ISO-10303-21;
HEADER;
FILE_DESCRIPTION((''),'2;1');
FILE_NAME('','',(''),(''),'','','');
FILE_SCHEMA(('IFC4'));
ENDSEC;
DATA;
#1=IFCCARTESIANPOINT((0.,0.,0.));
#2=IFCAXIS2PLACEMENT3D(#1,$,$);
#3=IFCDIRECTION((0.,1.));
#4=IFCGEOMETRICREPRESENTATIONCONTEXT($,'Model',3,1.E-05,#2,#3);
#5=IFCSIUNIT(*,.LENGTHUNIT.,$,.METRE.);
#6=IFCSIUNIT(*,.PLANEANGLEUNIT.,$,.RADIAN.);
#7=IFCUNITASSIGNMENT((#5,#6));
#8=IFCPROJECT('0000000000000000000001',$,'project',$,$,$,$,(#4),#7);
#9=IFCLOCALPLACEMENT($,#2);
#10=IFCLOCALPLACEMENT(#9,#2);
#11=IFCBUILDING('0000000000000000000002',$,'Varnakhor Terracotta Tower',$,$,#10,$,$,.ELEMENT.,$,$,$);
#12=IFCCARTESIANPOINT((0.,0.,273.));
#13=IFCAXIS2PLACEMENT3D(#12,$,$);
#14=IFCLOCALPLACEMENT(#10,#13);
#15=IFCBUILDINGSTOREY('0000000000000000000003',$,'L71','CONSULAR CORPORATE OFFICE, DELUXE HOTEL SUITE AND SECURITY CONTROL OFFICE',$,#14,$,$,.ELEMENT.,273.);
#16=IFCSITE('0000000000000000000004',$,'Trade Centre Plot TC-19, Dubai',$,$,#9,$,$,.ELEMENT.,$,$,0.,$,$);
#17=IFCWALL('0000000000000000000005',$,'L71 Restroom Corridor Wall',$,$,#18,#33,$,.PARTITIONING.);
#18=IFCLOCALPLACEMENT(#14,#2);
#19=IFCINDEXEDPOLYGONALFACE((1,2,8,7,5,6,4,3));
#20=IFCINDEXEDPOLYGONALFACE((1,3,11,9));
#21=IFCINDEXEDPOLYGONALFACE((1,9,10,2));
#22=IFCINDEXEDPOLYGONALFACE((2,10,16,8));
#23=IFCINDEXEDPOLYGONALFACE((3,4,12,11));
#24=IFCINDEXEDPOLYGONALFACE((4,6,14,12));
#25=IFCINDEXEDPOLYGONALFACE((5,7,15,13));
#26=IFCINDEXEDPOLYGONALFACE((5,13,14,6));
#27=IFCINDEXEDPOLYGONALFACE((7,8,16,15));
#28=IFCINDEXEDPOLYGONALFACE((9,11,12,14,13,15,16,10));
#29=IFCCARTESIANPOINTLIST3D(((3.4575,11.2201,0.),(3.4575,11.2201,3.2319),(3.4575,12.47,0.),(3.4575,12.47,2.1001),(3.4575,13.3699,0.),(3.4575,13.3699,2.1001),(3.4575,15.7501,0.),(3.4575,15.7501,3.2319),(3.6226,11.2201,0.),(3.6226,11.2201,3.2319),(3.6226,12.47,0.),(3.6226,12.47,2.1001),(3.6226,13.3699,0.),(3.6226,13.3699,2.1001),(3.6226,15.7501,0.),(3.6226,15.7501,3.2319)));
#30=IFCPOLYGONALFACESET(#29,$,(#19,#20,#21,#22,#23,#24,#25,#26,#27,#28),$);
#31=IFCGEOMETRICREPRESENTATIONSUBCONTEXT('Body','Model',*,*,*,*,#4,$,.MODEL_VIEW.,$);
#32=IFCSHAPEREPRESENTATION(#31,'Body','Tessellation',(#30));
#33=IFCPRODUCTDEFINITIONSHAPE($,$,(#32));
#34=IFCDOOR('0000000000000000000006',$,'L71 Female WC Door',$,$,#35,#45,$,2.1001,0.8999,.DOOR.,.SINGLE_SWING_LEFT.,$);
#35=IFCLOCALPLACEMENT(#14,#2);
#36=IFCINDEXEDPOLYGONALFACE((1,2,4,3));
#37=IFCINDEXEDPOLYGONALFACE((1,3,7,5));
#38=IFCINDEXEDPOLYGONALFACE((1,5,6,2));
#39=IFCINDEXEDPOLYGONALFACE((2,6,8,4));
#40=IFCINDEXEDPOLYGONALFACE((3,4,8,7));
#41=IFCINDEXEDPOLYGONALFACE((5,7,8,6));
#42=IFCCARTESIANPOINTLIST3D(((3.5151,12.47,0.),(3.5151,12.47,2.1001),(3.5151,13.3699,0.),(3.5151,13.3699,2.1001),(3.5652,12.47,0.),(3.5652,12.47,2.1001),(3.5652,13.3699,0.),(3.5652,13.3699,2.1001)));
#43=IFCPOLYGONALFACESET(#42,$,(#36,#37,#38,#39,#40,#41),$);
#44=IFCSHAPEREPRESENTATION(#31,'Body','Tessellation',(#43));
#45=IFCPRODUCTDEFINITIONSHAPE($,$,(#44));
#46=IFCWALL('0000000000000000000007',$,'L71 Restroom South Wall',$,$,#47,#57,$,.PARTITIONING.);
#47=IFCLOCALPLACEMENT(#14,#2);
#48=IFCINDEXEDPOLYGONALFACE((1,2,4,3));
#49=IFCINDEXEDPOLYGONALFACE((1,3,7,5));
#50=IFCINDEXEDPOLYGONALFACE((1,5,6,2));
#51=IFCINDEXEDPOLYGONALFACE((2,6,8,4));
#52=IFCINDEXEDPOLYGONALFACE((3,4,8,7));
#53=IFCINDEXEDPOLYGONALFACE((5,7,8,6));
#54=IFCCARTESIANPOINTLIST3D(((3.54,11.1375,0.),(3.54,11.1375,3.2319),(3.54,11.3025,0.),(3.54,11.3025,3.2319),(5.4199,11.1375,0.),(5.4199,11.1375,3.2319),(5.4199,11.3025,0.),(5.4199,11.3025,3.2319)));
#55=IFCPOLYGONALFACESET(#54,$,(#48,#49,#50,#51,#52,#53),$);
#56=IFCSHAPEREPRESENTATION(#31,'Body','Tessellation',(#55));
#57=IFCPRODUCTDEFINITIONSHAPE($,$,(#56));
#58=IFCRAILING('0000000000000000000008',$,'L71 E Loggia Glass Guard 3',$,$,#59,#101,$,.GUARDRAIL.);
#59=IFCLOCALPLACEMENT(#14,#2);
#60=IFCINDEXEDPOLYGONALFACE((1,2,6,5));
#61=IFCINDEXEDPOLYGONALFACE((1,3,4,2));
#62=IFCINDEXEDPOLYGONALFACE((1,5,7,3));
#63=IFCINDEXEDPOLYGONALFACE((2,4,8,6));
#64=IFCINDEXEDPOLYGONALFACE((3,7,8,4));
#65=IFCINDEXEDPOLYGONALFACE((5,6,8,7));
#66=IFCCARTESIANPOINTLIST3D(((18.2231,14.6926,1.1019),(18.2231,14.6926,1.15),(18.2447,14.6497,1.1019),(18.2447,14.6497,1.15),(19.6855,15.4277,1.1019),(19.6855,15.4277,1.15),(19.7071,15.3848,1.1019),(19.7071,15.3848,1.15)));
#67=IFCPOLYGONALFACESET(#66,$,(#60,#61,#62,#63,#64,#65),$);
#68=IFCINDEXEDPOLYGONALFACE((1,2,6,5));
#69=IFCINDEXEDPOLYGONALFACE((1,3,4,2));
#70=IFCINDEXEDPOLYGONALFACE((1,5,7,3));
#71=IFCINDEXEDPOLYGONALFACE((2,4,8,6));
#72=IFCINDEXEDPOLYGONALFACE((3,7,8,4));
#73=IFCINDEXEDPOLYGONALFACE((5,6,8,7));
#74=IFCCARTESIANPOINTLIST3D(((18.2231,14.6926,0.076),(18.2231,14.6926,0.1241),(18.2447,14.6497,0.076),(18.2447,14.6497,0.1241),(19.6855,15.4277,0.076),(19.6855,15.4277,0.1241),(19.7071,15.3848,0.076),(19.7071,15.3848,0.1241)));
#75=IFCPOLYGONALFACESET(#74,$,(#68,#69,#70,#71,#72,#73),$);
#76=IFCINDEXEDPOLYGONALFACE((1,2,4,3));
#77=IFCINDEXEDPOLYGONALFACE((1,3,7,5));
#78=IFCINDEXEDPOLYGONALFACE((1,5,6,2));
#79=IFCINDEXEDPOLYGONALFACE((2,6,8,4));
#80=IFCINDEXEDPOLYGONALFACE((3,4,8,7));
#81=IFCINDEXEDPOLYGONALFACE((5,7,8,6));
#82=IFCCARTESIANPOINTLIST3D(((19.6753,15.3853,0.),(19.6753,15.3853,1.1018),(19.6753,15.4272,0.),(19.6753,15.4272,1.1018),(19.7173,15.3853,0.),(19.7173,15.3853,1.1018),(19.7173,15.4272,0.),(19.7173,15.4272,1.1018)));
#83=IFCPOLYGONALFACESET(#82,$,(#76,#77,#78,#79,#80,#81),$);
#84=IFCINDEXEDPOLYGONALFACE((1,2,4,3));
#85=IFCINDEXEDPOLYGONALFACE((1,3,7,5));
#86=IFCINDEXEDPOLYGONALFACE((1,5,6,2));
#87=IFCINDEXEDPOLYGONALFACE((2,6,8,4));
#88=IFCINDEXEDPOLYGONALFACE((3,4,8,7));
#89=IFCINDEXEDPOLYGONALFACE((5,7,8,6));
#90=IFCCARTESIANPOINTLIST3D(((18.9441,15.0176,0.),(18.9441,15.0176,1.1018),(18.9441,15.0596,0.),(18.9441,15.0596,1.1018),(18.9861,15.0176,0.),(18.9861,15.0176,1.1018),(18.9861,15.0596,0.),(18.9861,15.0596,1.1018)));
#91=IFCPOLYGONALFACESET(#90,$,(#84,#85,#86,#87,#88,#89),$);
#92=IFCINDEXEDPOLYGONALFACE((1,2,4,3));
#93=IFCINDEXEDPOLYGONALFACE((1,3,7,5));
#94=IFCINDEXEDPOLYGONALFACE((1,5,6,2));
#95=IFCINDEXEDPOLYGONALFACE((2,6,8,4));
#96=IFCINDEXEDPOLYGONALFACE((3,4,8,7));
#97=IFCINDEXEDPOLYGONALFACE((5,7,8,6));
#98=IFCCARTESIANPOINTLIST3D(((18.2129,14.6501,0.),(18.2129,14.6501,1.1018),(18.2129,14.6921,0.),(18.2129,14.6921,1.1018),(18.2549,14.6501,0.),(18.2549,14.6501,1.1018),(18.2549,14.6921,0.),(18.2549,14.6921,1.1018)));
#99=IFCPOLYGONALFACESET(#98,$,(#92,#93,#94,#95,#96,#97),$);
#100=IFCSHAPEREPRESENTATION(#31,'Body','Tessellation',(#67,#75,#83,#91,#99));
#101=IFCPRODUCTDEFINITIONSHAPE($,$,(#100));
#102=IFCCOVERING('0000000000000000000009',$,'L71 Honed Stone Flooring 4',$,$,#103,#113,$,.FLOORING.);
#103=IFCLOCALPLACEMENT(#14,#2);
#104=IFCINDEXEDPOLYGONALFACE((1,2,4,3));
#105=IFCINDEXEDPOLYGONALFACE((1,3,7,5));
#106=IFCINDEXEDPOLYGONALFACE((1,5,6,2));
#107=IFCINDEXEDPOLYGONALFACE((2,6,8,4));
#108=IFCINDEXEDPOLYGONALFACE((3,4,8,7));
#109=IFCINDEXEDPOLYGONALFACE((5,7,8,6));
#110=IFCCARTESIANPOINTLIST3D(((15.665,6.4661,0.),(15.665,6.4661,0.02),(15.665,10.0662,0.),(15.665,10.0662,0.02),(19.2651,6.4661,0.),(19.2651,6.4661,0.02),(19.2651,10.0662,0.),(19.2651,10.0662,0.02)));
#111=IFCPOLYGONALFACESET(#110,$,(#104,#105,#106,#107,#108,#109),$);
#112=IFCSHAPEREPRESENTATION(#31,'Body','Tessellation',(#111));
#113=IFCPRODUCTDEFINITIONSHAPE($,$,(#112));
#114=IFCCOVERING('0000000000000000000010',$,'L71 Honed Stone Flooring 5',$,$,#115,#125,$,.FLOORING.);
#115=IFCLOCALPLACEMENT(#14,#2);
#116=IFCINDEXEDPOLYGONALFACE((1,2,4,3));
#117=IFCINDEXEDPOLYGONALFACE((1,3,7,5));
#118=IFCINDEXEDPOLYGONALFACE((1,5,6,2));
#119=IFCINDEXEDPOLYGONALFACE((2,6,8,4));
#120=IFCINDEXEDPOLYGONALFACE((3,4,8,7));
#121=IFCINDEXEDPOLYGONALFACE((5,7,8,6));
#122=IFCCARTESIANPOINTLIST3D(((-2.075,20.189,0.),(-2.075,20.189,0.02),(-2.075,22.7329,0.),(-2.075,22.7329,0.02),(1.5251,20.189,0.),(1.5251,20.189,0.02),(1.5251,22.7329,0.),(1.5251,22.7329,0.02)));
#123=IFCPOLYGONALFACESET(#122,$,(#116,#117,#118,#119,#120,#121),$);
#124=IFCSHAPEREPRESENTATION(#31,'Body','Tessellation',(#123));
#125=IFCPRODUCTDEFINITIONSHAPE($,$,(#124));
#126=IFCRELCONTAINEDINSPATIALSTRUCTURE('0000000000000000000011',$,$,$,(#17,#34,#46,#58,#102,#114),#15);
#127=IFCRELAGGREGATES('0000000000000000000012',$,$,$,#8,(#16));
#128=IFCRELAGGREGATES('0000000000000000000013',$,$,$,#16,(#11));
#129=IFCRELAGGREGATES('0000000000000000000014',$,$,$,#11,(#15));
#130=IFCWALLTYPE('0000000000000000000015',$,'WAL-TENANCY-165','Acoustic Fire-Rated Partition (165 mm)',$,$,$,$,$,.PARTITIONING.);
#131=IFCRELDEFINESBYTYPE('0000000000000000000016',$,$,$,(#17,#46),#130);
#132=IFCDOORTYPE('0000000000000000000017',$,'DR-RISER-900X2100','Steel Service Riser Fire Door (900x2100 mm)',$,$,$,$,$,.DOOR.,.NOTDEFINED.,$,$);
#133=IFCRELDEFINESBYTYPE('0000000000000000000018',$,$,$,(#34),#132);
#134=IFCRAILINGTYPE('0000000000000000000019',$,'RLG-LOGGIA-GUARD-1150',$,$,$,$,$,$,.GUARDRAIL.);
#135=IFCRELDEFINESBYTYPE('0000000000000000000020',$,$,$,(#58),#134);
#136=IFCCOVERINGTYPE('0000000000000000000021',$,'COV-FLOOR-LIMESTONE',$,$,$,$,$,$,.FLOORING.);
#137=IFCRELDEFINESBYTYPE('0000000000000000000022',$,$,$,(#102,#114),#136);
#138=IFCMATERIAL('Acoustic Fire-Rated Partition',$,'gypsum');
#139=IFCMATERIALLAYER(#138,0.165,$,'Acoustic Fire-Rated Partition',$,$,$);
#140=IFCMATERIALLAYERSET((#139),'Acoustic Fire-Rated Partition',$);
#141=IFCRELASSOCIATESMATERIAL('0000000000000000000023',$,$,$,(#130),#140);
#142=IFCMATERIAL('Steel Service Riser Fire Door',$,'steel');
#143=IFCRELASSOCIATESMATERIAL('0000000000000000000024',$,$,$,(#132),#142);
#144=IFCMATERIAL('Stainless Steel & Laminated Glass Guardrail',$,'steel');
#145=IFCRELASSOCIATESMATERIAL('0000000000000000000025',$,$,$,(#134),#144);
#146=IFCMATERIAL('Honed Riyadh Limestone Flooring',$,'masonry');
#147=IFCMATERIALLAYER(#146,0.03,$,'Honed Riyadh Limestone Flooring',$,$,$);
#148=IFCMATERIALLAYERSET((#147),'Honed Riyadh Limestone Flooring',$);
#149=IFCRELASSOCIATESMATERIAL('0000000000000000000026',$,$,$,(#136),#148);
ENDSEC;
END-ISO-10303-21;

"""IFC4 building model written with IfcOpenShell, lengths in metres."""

from ifc_helpers import new_model, si_unit, direction, frame, frame_2d, origin, origin_2d, place, context, subcontext, project, spatial, rectangle, extrude, source, transform, mapped, material, layer, layer_set, type_object, type_shapes, element, fill, save


model = new_model("IFC4")

# Units and contexts
model_context = context("Model", 3, precision=1e-05, world=origin(), true_north=direction((0.0, 1.0)))
body_context = subcontext(model_context, "Body", "Model", "MODEL_VIEW")
ifc_project = project(units=[si_unit("LENGTHUNIT", "METRE"), si_unit("PLANEANGLEUNIT", "RADIAN")], contexts=[model_context])

# Site, building, storey
site_placement = place(None, origin())
site = spatial("IfcSite", under=ifc_project, at=site_placement, Name="Trade Centre Plot TC-19, Dubai", CompositionType="ELEMENT", RefElevation=0.0)
building_placement = place(site_placement, origin())
building = spatial("IfcBuilding", under=site, at=building_placement, Name="Varnakhor Terracotta Tower", CompositionType="ELEMENT")
storey_placement = place(building_placement, frame((0.0, 0.0, 273.0)))
storey = spatial("IfcBuildingStorey", under=building, at=storey_placement, Name="L71", Description="CONSULAR CORPORATE OFFICE, DELUXE HOTEL SUITE AND SECURITY CONTROL OFFICE", CompositionType="ELEMENT", Elevation=273.0)

# Shared definitions
ifc_material_1 = material(Name="Acoustic Fire-Rated Partition", Category="gypsum")
ifc_layer_1 = layer(ifc_material_1, 0.165, Name="Acoustic Fire-Rated Partition")
ifc_layer_set_1 = layer_set([ifc_layer_1], Name="Acoustic Fire-Rated Partition")
wall_type_1 = type_object("IfcWallType", Name="WAL-TENANCY-165", Description="Acoustic Fire-Rated Partition (165 mm)", PredefinedType="PARTITIONING", material=ifc_layer_set_1)

# Wall, opening, door
wall_1_placement = place(storey_placement, frame((3.54, 11.22, 0.0), z_axis=(0.0, 0.0, 1.0), x_axis=(0.0, 1.0, 0.0)))
wall_1 = element("IfcWall", 1, at=wall_1_placement, inside=storey, type_object=wall_type_1, Name="L71 Restroom Corridor Wall", PredefinedType="PARTITIONING", context=body_context, shape_type="SweptSolid", body=[
    extrude(rectangle(XDim=4.53, YDim=0.165, at=frame_2d((2.2651, 0.0))), origin(), (0.0, 0.0, 1.0), 3.2319),
])
opening_1_placement = place(wall_1_placement, frame((1.25, 0.0, 0.0)))
opening_1 = element("IfcOpeningElement", 2, at=opening_1_placement, cuts=wall_1, PredefinedType="OPENING", context=body_context, shape_type="SweptSolid", body=[
    extrude(rectangle(XDim=0.8999, YDim=2.1001, at=frame_2d((0.45, 1.05))), frame((0.0, 0.0925, 0.0), z_axis=(0.0, -1.0, 0.0), x_axis=(1.0, 0.0, 0.0)), (0.0, 0.0, 1.0), 0.1851),
])
ifc_material_2 = material(Name="Steel Service Riser Fire Door", Category="steel")
door_type_1 = type_object("IfcDoorType", Name="DR-RISER-900X2100", Description="Steel Service Riser Fire Door (900x2100 mm)", OperationType="NOTDEFINED", PredefinedType="DOOR", material=ifc_material_2)
shared_shape_1 = source(origin(), body_context, "Body", "SweptSolid", [
    extrude(rectangle(XDim=0.8999, YDim=2.1001, at=frame_2d((0.45, 1.05))), frame((0.0, 0.0249, 0.0), z_axis=(0.0, -1.0, 0.0), x_axis=(1.0, 0.0, 0.0)), (0.0, 0.0, 1.0), 0.05),
])
type_shapes(door_type_1, [shared_shape_1])
door_1_placement = place(opening_1_placement, origin())
door_1 = element("IfcDoor", 3, at=door_1_placement, inside=storey, type_object=door_type_1, Name="L71 Female WC Door", OperationType="SINGLE_SWING_LEFT", OverallHeight=2.1001, OverallWidth=0.8999, PredefinedType="DOOR", context=body_context, shape_type="MappedRepresentation", body=[
    mapped(shared_shape_1, transform((0.0, 0.0, 0.0), scale=1.0)),
])
fill(opening_1, door_1)

# Wall
wall_2_placement = place(storey_placement, frame((3.54, 11.22, 0.0), z_axis=(0.0, 0.0, 1.0), x_axis=(1.0, 0.0, 0.0)))
element("IfcWall", 4, at=wall_2_placement, inside=storey, type_object=wall_type_1, Name="L71 Restroom South Wall", PredefinedType="PARTITIONING", context=body_context, shape_type="SweptSolid", body=[
    extrude(rectangle(XDim=1.8799, YDim=0.165, at=frame_2d((0.9399, 0.0))), origin(), (0.0, 0.0, 1.0), 3.2319),
])

# Railing
ifc_material_3 = material(Name="Stainless Steel & Laminated Glass Guardrail", Category="steel")
railing_type = type_object("IfcRailingType", Name="RLG-LOGGIA-GUARD-1150", PredefinedType="GUARDRAIL", material=ifc_material_3)
railing_placement = place(storey_placement, frame((19.6963, 15.4062, 0.0)))
element("IfcRailing", 5, at=railing_placement, inside=storey, type_object=railing_type, Name="L71 E Loggia Glass Guard 3", PredefinedType="GUARDRAIL", context=body_context, shape_type="SweptSolid", body=[
    extrude(rectangle(XDim=0.0481, YDim=0.0481, at=origin_2d()), frame((0.0, 0.0, 1.126), z_axis=(-0.893471, -0.449122, 0.0), x_axis=(0.449122, -0.893471, 0.0)), (0.0, 0.0, 1.0), 1.6367),
    extrude(rectangle(XDim=0.0481, YDim=0.0481, at=origin_2d()), frame((0.0, 0.0, 0.1001), z_axis=(-0.893471, -0.449122, 0.0), x_axis=(0.449122, -0.893471, 0.0)), (0.0, 0.0, 1.0), 1.6367),
    extrude(rectangle(XDim=0.042, YDim=0.042, at=origin_2d()), origin(), (0.0, 0.0, 1.0), 1.1018),
    extrude(rectangle(XDim=0.042, YDim=0.042, at=origin_2d()), frame((-0.7312, -0.3677, 0.0)), (0.0, 0.0, 1.0), 1.1018),
    extrude(rectangle(XDim=0.042, YDim=0.042, at=origin_2d()), frame((-1.4624, -0.7351, 0.0)), (0.0, 0.0, 1.0), 1.1018),
])

# Coverings
ifc_material_4 = material(Name="Honed Riyadh Limestone Flooring", Category="masonry")
ifc_layer_2 = layer(ifc_material_4, 0.03, Name="Honed Riyadh Limestone Flooring")
ifc_layer_set_2 = layer_set([ifc_layer_2], Name="Honed Riyadh Limestone Flooring")
covering_type = type_object("IfcCoveringType", Name="COV-FLOOR-LIMESTONE", PredefinedType="FLOORING", material=ifc_layer_set_2)
shared_shape_2 = source(origin(), body_context, "Body", "SweptSolid", [
    extrude(rectangle(XDim=3.6001, YDim=3.6001, at=origin_2d()), origin(), (0.0, 0.0, 1.0), 0.02),
])
covering_1_placement = place(storey_placement, frame((17.4651, 8.2661, 0.0), z_axis=(0.0, 0.0, 1.0), x_axis=(1.0, 0.0, 0.0)))
element("IfcCovering", 6, at=covering_1_placement, inside=storey, type_object=covering_type, Name="L71 Honed Stone Flooring 4", PredefinedType="FLOORING", context=body_context, shape_type="MappedRepresentation", body=[
    mapped(shared_shape_2, transform((0.0, 0.0, 0.0), scale=1.0)),
])
shared_shape_3 = source(origin(), body_context, "Body", "SweptSolid", [
    extrude(rectangle(XDim=3.6001, YDim=2.5439, at=origin_2d()), origin(), (0.0, 0.0, 1.0), 0.02),
])
covering_2_placement = place(storey_placement, frame((-0.2749, 21.4609, 0.0), z_axis=(0.0, 0.0, 1.0), x_axis=(1.0, 0.0, 0.0)))
element("IfcCovering", 7, at=covering_2_placement, inside=storey, type_object=covering_type, Name="L71 Honed Stone Flooring 5", PredefinedType="FLOORING", context=body_context, shape_type="MappedRepresentation", body=[
    mapped(shared_shape_3, transform((0.0, 0.0, 0.0), scale=1.0)),
])

save(model, "model.ifc")
